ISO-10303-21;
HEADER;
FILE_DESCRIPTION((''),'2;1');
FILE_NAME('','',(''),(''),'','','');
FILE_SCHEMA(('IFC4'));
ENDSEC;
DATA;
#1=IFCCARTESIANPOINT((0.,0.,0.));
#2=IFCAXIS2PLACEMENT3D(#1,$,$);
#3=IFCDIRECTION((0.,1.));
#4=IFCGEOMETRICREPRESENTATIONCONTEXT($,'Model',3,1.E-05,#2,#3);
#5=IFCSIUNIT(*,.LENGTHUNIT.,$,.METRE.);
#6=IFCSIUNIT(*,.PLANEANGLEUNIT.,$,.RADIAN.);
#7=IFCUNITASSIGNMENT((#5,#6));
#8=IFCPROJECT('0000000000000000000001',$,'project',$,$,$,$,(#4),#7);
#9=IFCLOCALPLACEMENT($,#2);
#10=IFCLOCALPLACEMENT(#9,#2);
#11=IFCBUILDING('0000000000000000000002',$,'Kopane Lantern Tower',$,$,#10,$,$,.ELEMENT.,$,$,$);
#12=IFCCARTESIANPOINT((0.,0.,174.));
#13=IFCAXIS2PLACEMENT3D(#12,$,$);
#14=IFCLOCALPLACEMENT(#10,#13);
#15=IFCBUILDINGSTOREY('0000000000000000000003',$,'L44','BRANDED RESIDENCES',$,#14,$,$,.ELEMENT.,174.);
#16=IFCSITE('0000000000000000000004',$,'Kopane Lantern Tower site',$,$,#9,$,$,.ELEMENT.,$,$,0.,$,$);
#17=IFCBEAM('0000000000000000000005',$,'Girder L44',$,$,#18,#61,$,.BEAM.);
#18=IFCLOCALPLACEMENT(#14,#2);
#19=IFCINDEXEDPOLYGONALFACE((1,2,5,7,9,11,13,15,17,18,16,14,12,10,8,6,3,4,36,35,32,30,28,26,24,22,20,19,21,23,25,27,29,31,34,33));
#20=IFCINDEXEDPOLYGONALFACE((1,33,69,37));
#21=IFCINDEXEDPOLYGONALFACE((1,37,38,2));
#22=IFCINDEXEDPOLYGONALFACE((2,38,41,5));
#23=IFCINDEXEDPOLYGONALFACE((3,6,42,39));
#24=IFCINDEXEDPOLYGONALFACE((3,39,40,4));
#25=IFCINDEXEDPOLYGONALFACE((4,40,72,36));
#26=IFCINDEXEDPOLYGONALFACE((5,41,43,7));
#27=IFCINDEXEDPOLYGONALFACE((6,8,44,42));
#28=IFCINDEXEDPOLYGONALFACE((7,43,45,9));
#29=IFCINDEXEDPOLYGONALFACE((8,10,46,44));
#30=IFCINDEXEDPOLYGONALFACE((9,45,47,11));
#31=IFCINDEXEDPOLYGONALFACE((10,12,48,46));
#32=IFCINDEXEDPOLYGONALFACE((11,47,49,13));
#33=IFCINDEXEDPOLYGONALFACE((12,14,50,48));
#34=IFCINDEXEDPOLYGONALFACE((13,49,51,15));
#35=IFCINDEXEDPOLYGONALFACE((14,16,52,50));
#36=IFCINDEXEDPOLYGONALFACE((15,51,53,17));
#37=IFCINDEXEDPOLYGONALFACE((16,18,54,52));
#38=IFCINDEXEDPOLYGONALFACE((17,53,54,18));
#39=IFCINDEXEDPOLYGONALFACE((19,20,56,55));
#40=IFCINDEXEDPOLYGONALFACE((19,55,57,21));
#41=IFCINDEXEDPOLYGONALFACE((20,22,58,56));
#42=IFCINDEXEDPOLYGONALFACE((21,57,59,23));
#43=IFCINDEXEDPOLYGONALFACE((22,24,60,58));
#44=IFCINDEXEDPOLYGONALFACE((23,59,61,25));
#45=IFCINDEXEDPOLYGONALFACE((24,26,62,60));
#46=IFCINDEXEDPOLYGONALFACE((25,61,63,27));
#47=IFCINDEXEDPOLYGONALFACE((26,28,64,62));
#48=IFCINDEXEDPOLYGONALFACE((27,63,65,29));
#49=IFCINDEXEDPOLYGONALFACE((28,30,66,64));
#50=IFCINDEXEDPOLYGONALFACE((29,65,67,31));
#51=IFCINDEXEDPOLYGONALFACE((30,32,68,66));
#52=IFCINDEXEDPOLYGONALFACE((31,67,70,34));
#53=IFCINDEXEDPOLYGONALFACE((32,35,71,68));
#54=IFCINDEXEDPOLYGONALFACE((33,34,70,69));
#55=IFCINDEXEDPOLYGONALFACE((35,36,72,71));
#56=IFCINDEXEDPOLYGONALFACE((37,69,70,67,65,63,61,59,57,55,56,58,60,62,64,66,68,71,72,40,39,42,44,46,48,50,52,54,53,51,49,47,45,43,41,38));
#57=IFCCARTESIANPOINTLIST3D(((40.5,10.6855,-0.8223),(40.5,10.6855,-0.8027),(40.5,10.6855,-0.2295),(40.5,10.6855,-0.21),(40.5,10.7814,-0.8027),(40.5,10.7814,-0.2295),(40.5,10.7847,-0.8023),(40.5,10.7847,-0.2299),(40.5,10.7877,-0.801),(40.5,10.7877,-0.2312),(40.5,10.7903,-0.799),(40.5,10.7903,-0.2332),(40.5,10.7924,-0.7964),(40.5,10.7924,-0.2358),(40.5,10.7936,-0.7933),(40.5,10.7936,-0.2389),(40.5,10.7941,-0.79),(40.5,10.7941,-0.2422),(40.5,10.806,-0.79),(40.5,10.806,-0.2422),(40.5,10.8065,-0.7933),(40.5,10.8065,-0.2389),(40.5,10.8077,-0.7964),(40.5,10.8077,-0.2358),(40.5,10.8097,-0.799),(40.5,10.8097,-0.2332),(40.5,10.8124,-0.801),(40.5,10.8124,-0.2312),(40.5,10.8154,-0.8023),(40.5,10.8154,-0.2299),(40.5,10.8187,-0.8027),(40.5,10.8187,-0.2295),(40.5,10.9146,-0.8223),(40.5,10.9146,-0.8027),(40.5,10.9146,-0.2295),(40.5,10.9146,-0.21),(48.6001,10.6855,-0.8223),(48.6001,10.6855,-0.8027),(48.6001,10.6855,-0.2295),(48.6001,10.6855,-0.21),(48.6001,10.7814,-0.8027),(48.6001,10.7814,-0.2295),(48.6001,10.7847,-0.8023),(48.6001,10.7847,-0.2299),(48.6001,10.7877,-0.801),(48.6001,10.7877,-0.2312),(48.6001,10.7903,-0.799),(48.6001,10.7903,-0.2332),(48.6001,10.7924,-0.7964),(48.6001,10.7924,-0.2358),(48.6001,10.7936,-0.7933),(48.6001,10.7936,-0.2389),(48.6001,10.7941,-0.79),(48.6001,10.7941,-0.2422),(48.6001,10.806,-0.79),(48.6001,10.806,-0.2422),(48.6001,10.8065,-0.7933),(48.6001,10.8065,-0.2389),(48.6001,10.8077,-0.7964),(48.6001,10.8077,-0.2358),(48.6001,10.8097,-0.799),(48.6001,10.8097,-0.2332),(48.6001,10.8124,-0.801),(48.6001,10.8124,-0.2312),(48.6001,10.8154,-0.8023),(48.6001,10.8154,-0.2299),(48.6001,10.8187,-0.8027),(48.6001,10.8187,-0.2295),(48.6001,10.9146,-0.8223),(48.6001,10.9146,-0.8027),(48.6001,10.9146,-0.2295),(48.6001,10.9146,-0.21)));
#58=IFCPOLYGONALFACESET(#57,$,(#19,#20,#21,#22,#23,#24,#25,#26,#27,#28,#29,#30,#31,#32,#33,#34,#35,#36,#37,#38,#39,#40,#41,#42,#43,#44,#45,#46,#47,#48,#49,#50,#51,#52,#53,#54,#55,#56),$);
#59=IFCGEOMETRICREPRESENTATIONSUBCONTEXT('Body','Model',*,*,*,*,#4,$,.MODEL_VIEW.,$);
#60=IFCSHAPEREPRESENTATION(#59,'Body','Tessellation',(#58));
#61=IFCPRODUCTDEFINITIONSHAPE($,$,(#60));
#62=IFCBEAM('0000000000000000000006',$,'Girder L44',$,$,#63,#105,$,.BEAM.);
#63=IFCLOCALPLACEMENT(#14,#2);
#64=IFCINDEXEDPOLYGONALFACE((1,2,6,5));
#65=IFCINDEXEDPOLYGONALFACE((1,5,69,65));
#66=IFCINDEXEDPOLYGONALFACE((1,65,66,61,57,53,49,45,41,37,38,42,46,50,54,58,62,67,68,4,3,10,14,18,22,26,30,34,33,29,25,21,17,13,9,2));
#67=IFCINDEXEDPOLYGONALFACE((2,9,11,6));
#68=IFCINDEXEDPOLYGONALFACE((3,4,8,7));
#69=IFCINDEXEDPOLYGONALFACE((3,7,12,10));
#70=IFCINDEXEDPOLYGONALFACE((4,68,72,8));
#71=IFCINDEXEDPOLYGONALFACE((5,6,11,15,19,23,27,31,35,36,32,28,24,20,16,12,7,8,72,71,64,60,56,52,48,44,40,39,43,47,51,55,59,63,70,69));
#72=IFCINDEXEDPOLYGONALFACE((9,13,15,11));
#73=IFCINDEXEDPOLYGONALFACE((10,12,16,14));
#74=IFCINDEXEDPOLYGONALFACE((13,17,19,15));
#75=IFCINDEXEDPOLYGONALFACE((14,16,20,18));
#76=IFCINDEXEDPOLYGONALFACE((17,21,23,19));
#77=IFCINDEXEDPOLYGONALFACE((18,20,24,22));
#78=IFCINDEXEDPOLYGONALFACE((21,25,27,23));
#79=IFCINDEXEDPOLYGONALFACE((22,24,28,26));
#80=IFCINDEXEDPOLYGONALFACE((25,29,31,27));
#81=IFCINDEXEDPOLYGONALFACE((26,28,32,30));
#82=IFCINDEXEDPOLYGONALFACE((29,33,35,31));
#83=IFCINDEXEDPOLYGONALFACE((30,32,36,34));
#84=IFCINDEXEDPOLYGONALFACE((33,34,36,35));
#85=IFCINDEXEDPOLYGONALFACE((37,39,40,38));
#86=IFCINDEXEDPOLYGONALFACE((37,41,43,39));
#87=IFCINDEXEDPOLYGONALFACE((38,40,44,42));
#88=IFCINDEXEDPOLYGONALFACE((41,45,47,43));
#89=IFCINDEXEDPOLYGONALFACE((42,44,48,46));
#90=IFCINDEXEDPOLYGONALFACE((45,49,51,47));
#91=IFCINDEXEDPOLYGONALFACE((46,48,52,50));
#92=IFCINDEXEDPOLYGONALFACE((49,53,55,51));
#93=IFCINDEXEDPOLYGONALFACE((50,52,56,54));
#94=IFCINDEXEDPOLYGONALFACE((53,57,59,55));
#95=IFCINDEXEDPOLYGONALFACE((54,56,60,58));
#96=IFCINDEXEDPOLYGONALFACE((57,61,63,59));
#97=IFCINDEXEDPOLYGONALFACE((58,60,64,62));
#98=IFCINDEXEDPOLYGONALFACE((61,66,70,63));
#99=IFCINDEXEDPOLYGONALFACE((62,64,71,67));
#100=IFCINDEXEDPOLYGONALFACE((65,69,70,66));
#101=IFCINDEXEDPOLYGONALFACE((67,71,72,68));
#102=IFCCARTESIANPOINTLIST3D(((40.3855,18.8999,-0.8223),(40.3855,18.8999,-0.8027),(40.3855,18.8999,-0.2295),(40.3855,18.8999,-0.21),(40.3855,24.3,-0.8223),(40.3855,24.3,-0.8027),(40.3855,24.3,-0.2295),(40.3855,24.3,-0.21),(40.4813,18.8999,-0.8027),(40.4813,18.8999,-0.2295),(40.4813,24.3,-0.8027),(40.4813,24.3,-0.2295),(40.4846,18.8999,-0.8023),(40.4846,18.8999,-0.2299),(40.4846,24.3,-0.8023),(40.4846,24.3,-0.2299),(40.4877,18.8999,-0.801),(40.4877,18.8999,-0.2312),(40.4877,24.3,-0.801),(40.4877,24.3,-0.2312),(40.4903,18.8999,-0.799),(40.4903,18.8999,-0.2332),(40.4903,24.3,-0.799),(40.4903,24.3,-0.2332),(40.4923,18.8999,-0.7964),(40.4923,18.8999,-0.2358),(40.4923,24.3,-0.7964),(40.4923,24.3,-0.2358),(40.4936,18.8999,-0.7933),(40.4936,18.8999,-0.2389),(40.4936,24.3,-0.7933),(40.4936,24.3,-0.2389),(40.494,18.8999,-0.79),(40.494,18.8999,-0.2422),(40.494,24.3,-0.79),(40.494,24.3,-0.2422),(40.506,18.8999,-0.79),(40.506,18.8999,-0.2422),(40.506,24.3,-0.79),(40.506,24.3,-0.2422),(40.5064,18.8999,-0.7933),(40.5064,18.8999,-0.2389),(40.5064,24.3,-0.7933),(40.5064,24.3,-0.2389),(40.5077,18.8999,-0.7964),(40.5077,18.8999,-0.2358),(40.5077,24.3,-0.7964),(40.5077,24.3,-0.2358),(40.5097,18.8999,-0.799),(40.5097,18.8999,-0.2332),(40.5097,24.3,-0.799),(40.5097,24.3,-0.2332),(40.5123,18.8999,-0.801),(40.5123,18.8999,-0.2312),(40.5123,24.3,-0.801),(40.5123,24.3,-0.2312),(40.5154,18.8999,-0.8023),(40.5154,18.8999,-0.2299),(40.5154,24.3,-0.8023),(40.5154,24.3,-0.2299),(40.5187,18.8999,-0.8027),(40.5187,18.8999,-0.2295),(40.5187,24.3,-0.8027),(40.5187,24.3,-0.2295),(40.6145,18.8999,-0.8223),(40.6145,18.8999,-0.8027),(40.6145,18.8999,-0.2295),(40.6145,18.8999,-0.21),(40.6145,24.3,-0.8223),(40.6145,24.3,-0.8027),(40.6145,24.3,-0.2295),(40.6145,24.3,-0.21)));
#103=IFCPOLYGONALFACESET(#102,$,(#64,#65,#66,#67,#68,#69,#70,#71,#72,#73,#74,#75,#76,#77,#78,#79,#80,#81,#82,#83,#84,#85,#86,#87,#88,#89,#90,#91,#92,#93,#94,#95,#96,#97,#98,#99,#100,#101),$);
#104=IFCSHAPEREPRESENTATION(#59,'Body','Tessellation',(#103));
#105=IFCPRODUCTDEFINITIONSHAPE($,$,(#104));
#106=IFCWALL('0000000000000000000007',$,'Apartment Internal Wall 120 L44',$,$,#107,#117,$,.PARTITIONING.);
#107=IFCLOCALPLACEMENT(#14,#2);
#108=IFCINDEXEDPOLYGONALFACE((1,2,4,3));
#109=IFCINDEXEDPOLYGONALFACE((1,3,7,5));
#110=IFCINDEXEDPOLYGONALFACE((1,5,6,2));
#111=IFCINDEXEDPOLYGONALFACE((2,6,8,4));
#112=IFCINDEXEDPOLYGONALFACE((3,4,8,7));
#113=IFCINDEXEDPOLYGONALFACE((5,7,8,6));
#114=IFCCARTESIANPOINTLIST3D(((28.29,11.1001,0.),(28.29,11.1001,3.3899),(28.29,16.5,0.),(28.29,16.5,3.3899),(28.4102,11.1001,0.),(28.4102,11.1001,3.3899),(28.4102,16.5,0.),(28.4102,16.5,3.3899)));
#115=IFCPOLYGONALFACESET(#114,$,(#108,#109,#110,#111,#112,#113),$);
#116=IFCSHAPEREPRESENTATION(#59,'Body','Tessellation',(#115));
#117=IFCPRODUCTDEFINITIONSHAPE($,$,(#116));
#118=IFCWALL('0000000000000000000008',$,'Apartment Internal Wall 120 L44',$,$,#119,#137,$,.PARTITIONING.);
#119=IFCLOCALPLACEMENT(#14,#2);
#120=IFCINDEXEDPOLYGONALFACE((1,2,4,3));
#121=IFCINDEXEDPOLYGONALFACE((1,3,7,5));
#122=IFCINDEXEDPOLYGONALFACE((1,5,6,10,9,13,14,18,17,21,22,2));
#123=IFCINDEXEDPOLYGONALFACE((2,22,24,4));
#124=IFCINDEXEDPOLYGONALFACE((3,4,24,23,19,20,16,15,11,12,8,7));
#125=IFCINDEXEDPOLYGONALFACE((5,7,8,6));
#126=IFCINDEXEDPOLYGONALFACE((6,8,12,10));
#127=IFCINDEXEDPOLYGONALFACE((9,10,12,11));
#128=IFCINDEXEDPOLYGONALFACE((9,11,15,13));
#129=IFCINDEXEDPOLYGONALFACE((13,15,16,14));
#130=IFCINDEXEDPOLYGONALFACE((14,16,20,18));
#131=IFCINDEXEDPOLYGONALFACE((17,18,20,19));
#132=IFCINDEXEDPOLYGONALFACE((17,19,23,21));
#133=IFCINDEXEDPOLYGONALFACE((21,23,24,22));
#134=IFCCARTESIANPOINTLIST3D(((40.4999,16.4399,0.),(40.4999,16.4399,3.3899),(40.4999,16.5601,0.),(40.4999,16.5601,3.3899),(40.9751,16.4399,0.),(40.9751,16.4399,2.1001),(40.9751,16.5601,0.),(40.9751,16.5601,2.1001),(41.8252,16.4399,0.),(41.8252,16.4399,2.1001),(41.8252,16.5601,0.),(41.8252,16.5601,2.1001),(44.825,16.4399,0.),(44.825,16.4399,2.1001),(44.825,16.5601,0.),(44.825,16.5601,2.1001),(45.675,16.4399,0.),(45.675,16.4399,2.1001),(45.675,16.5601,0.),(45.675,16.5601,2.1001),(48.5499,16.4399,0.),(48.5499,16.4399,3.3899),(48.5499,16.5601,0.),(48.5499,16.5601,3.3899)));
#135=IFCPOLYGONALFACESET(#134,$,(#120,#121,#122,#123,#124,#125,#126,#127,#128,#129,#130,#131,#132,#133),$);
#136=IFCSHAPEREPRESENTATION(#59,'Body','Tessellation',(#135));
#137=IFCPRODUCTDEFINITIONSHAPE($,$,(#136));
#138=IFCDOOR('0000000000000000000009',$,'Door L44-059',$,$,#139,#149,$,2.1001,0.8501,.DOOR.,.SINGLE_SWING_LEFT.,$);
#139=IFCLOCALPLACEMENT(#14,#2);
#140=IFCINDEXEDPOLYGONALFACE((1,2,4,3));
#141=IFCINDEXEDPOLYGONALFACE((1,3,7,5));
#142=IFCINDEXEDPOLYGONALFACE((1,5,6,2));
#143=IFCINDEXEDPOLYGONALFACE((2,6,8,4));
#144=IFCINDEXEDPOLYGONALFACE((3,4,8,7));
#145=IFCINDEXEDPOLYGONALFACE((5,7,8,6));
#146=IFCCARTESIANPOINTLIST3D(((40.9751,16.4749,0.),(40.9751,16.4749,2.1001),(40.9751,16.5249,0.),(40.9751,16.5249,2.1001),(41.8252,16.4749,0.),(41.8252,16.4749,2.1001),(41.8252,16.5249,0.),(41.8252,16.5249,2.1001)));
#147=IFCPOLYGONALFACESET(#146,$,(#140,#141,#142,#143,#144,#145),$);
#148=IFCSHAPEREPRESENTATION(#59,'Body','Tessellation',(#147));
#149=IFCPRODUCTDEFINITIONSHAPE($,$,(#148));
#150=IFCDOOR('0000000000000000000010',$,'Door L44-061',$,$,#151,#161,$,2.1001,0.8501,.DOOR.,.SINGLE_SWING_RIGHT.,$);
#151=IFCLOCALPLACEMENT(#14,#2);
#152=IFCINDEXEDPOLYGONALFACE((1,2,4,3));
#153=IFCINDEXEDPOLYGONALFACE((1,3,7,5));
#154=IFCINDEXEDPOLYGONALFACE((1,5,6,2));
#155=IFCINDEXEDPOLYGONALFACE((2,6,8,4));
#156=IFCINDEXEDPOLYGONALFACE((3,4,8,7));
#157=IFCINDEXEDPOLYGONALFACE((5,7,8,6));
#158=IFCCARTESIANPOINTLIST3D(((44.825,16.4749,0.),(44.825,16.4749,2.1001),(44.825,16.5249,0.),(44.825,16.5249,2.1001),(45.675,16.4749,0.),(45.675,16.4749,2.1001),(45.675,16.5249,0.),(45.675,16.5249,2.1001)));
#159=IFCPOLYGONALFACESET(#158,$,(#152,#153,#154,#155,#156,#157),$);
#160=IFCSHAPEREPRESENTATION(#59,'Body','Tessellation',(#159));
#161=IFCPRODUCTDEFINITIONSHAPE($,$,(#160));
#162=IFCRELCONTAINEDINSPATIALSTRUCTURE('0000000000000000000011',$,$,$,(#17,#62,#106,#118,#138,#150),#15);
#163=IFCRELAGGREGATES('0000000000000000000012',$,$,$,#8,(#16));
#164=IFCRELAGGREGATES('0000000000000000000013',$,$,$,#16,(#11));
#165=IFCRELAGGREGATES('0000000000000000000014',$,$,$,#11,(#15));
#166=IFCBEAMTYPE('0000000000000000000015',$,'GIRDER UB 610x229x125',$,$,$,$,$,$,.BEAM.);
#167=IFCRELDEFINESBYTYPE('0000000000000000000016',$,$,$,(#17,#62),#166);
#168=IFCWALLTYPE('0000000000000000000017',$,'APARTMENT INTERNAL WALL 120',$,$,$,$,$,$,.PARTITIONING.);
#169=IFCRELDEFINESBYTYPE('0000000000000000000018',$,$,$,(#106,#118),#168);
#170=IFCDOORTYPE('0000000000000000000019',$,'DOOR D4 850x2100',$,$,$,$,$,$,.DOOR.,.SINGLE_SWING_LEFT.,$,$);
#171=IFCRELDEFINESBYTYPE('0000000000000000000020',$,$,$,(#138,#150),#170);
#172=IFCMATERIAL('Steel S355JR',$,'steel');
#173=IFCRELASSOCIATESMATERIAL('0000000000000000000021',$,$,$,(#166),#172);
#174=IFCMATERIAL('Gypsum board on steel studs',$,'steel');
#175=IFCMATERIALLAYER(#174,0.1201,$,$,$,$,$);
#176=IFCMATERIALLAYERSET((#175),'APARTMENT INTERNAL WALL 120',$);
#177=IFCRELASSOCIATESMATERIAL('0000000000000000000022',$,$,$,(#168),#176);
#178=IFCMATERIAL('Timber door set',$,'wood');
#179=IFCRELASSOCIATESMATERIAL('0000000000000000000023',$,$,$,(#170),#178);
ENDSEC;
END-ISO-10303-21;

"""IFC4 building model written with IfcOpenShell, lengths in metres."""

from ifc_helpers import new_model, si_unit, direction, frame, frame_2d, origin, origin_2d, place, context, subcontext, project, spatial, rectangle, i_section, extrude, material, layer, layer_set, material_profile, profile_set, type_object, element, fill, save


model = new_model("IFC4")

# Units and contexts
model_context = context("Model", 3, precision=1e-05, world=origin(), true_north=direction((0.0, 1.0)))
body_context = subcontext(model_context, "Body", "Model", "MODEL_VIEW")
ifc_project = project(units=[si_unit("LENGTHUNIT", "METRE"), si_unit("PLANEANGLEUNIT", "RADIAN")], contexts=[model_context])

# Site, building, storey
site_placement = place(None, origin())
site = spatial("IfcSite", under=ifc_project, at=site_placement, Name="Kopane Lantern Tower site", CompositionType="ELEMENT", RefElevation=0.0)
building_placement = place(site_placement, origin())
building = spatial("IfcBuilding", under=site, at=building_placement, Name="Kopane Lantern Tower", CompositionType="ELEMENT")
storey_placement = place(building_placement, frame((0.0, 0.0, 174.0)))
storey = spatial("IfcBuildingStorey", under=building, at=storey_placement, Name="L44", Description="BRANDED RESIDENCES", CompositionType="ELEMENT", Elevation=174.0)

# Beams
ifc_material_1 = material(Name="Steel S355JR", Category="steel")
ifc_material_profile_1 = material_profile(ifc_material_1, i_section(OverallWidth=0.229, OverallDepth=0.6123, WebThickness=0.012, FlangeThickness=0.0195, FilletRadius=0.0127, at=origin_2d()), Name="UB 610x229x125")
ifc_profile_set_1 = profile_set([ifc_material_profile_1], Name="Steel S355JR")
beam_type = type_object("IfcBeamType", Name="GIRDER UB 610x229x125", PredefinedType="BEAM", material=ifc_profile_set_1)
beam_1_placement = place(storey_placement, frame((40.5, 10.8, -0.5161), z_axis=(1.0, 0.0, 0.0), x_axis=(0.0, 1.0, 0.0)))
element("IfcBeam", 1, at=beam_1_placement, inside=storey, type_object=beam_type, Name="Girder L44", PredefinedType="BEAM", context=body_context, shape_type="SweptSolid", body=[
    extrude(i_section(OverallWidth=0.229, OverallDepth=0.6123, WebThickness=0.012, FlangeThickness=0.0195, FilletRadius=0.0127, at=origin_2d()), origin(), (0.0, 0.0, 1.0), 8.1001),
])
beam_2_placement = place(storey_placement, frame((40.5, 18.8999, -0.5161), z_axis=(0.0, 1.0, 0.0), x_axis=(-1.0, 0.0, 0.0)))
element("IfcBeam", 2, at=beam_2_placement, inside=storey, type_object=beam_type, Name="Girder L44", PredefinedType="BEAM", context=body_context, shape_type="SweptSolid", body=[
    extrude(i_section(OverallWidth=0.229, OverallDepth=0.6123, WebThickness=0.012, FlangeThickness=0.0195, FilletRadius=0.0127, at=origin_2d()), origin(), (0.0, 0.0, 1.0), 5.4001),
])

# Wall
ifc_material_2 = material(Name="Gypsum board on steel studs", Category="steel")
ifc_layer_1 = layer(ifc_material_2, 0.1201)
ifc_layer_set_1 = layer_set([ifc_layer_1], Name="APARTMENT INTERNAL WALL 120")
wall_type_1 = type_object("IfcWallType", Name="APARTMENT INTERNAL WALL 120", PredefinedType="PARTITIONING", material=ifc_layer_set_1)
wall_1_placement = place(storey_placement, frame((28.3501, 16.5, 0.0), z_axis=(0.0, 0.0, 1.0), x_axis=(0.0, -1.0, 0.0)))
element("IfcWall", 3, at=wall_1_placement, inside=storey, type_object=wall_type_1, Name="Apartment Internal Wall 120 L44", PredefinedType="PARTITIONING", context=body_context, shape_type="SweptSolid", body=[
    extrude(rectangle(XDim=5.3999, YDim=0.1201, at=frame_2d((2.7, 0.0))), origin(), (0.0, 0.0, 1.0), 3.3899),
])

# Wall, openings, doors
wall_2_placement = place(storey_placement, frame((40.5, 16.5, 0.0), z_axis=(0.0, 0.0, 1.0), x_axis=(1.0, 0.0, 0.0)))
wall_2 = element("IfcWall", 4, at=wall_2_placement, inside=storey, type_object=wall_type_1, Name="Apartment Internal Wall 120 L44", PredefinedType="PARTITIONING", context=body_context, shape_type="SweptSolid", body=[
    extrude(rectangle(XDim=8.05, YDim=0.1201, at=frame_2d((4.0249, 0.0))), origin(), (0.0, 0.0, 1.0), 3.3899),
])
opening_1_placement = place(wall_2_placement, frame((0.4751, 0.0, 0.0)))
opening_1 = element("IfcOpeningElement", 5, at=opening_1_placement, cuts=wall_2, PredefinedType="OPENING", context=body_context, shape_type="SweptSolid", body=[
    extrude(rectangle(XDim=0.8501, YDim=2.1001, at=frame_2d((0.425, 1.05))), frame((0.0, 0.0701, 0.0), z_axis=(0.0, -1.0, 0.0), x_axis=(1.0, 0.0, 0.0)), (0.0, 0.0, 1.0), 0.1401),
])
opening_2_placement = place(wall_2_placement, frame((4.325, 0.0, 0.0)))
opening_2 = element("IfcOpeningElement", 6, at=opening_2_placement, cuts=wall_2, PredefinedType="OPENING", context=body_context, shape_type="SweptSolid", body=[
    extrude(rectangle(XDim=0.8501, YDim=2.1001, at=frame_2d((0.425, 1.05))), frame((0.0, 0.0701, 0.0), z_axis=(0.0, -1.0, 0.0), x_axis=(1.0, 0.0, 0.0)), (0.0, 0.0, 1.0), 0.1401),
])
ifc_material_3 = material(Name="Timber door set", Category="wood")
door_type_1 = type_object("IfcDoorType", Name="DOOR D4 850x2100", OperationType="SINGLE_SWING_LEFT", PredefinedType="DOOR", material=ifc_material_3)
door_1_placement = place(opening_1_placement, origin())
door_1 = element("IfcDoor", 7, at=door_1_placement, inside=storey, type_object=door_type_1, Name="Door L44-059", OperationType="SINGLE_SWING_LEFT", OverallHeight=2.1001, OverallWidth=0.8501, PredefinedType="DOOR", context=body_context, shape_type="SweptSolid", body=[
    extrude(rectangle(XDim=0.8501, YDim=2.1001, at=frame_2d((0.425, 1.05))), frame((0.0, 0.0249, 0.0), z_axis=(0.0, -1.0, 0.0), x_axis=(1.0, 0.0, 0.0)), (0.0, 0.0, 1.0), 0.05),
])
fill(opening_1, door_1)
door_2_placement = place(opening_2_placement, origin())
door_2 = element("IfcDoor", 8, at=door_2_placement, inside=storey, type_object=door_type_1, Name="Door L44-061", OperationType="SINGLE_SWING_RIGHT", OverallHeight=2.1001, OverallWidth=0.8501, PredefinedType="DOOR", context=body_context, shape_type="SweptSolid", body=[
    extrude(rectangle(XDim=0.8501, YDim=2.1001, at=frame_2d((0.425, 1.05))), frame((0.0, 0.0249, 0.0), z_axis=(0.0, -1.0, 0.0), x_axis=(1.0, 0.0, 0.0)), (0.0, 0.0, 1.0), 0.05),
])
fill(opening_2, door_2)

save(model, "model.ifc")
